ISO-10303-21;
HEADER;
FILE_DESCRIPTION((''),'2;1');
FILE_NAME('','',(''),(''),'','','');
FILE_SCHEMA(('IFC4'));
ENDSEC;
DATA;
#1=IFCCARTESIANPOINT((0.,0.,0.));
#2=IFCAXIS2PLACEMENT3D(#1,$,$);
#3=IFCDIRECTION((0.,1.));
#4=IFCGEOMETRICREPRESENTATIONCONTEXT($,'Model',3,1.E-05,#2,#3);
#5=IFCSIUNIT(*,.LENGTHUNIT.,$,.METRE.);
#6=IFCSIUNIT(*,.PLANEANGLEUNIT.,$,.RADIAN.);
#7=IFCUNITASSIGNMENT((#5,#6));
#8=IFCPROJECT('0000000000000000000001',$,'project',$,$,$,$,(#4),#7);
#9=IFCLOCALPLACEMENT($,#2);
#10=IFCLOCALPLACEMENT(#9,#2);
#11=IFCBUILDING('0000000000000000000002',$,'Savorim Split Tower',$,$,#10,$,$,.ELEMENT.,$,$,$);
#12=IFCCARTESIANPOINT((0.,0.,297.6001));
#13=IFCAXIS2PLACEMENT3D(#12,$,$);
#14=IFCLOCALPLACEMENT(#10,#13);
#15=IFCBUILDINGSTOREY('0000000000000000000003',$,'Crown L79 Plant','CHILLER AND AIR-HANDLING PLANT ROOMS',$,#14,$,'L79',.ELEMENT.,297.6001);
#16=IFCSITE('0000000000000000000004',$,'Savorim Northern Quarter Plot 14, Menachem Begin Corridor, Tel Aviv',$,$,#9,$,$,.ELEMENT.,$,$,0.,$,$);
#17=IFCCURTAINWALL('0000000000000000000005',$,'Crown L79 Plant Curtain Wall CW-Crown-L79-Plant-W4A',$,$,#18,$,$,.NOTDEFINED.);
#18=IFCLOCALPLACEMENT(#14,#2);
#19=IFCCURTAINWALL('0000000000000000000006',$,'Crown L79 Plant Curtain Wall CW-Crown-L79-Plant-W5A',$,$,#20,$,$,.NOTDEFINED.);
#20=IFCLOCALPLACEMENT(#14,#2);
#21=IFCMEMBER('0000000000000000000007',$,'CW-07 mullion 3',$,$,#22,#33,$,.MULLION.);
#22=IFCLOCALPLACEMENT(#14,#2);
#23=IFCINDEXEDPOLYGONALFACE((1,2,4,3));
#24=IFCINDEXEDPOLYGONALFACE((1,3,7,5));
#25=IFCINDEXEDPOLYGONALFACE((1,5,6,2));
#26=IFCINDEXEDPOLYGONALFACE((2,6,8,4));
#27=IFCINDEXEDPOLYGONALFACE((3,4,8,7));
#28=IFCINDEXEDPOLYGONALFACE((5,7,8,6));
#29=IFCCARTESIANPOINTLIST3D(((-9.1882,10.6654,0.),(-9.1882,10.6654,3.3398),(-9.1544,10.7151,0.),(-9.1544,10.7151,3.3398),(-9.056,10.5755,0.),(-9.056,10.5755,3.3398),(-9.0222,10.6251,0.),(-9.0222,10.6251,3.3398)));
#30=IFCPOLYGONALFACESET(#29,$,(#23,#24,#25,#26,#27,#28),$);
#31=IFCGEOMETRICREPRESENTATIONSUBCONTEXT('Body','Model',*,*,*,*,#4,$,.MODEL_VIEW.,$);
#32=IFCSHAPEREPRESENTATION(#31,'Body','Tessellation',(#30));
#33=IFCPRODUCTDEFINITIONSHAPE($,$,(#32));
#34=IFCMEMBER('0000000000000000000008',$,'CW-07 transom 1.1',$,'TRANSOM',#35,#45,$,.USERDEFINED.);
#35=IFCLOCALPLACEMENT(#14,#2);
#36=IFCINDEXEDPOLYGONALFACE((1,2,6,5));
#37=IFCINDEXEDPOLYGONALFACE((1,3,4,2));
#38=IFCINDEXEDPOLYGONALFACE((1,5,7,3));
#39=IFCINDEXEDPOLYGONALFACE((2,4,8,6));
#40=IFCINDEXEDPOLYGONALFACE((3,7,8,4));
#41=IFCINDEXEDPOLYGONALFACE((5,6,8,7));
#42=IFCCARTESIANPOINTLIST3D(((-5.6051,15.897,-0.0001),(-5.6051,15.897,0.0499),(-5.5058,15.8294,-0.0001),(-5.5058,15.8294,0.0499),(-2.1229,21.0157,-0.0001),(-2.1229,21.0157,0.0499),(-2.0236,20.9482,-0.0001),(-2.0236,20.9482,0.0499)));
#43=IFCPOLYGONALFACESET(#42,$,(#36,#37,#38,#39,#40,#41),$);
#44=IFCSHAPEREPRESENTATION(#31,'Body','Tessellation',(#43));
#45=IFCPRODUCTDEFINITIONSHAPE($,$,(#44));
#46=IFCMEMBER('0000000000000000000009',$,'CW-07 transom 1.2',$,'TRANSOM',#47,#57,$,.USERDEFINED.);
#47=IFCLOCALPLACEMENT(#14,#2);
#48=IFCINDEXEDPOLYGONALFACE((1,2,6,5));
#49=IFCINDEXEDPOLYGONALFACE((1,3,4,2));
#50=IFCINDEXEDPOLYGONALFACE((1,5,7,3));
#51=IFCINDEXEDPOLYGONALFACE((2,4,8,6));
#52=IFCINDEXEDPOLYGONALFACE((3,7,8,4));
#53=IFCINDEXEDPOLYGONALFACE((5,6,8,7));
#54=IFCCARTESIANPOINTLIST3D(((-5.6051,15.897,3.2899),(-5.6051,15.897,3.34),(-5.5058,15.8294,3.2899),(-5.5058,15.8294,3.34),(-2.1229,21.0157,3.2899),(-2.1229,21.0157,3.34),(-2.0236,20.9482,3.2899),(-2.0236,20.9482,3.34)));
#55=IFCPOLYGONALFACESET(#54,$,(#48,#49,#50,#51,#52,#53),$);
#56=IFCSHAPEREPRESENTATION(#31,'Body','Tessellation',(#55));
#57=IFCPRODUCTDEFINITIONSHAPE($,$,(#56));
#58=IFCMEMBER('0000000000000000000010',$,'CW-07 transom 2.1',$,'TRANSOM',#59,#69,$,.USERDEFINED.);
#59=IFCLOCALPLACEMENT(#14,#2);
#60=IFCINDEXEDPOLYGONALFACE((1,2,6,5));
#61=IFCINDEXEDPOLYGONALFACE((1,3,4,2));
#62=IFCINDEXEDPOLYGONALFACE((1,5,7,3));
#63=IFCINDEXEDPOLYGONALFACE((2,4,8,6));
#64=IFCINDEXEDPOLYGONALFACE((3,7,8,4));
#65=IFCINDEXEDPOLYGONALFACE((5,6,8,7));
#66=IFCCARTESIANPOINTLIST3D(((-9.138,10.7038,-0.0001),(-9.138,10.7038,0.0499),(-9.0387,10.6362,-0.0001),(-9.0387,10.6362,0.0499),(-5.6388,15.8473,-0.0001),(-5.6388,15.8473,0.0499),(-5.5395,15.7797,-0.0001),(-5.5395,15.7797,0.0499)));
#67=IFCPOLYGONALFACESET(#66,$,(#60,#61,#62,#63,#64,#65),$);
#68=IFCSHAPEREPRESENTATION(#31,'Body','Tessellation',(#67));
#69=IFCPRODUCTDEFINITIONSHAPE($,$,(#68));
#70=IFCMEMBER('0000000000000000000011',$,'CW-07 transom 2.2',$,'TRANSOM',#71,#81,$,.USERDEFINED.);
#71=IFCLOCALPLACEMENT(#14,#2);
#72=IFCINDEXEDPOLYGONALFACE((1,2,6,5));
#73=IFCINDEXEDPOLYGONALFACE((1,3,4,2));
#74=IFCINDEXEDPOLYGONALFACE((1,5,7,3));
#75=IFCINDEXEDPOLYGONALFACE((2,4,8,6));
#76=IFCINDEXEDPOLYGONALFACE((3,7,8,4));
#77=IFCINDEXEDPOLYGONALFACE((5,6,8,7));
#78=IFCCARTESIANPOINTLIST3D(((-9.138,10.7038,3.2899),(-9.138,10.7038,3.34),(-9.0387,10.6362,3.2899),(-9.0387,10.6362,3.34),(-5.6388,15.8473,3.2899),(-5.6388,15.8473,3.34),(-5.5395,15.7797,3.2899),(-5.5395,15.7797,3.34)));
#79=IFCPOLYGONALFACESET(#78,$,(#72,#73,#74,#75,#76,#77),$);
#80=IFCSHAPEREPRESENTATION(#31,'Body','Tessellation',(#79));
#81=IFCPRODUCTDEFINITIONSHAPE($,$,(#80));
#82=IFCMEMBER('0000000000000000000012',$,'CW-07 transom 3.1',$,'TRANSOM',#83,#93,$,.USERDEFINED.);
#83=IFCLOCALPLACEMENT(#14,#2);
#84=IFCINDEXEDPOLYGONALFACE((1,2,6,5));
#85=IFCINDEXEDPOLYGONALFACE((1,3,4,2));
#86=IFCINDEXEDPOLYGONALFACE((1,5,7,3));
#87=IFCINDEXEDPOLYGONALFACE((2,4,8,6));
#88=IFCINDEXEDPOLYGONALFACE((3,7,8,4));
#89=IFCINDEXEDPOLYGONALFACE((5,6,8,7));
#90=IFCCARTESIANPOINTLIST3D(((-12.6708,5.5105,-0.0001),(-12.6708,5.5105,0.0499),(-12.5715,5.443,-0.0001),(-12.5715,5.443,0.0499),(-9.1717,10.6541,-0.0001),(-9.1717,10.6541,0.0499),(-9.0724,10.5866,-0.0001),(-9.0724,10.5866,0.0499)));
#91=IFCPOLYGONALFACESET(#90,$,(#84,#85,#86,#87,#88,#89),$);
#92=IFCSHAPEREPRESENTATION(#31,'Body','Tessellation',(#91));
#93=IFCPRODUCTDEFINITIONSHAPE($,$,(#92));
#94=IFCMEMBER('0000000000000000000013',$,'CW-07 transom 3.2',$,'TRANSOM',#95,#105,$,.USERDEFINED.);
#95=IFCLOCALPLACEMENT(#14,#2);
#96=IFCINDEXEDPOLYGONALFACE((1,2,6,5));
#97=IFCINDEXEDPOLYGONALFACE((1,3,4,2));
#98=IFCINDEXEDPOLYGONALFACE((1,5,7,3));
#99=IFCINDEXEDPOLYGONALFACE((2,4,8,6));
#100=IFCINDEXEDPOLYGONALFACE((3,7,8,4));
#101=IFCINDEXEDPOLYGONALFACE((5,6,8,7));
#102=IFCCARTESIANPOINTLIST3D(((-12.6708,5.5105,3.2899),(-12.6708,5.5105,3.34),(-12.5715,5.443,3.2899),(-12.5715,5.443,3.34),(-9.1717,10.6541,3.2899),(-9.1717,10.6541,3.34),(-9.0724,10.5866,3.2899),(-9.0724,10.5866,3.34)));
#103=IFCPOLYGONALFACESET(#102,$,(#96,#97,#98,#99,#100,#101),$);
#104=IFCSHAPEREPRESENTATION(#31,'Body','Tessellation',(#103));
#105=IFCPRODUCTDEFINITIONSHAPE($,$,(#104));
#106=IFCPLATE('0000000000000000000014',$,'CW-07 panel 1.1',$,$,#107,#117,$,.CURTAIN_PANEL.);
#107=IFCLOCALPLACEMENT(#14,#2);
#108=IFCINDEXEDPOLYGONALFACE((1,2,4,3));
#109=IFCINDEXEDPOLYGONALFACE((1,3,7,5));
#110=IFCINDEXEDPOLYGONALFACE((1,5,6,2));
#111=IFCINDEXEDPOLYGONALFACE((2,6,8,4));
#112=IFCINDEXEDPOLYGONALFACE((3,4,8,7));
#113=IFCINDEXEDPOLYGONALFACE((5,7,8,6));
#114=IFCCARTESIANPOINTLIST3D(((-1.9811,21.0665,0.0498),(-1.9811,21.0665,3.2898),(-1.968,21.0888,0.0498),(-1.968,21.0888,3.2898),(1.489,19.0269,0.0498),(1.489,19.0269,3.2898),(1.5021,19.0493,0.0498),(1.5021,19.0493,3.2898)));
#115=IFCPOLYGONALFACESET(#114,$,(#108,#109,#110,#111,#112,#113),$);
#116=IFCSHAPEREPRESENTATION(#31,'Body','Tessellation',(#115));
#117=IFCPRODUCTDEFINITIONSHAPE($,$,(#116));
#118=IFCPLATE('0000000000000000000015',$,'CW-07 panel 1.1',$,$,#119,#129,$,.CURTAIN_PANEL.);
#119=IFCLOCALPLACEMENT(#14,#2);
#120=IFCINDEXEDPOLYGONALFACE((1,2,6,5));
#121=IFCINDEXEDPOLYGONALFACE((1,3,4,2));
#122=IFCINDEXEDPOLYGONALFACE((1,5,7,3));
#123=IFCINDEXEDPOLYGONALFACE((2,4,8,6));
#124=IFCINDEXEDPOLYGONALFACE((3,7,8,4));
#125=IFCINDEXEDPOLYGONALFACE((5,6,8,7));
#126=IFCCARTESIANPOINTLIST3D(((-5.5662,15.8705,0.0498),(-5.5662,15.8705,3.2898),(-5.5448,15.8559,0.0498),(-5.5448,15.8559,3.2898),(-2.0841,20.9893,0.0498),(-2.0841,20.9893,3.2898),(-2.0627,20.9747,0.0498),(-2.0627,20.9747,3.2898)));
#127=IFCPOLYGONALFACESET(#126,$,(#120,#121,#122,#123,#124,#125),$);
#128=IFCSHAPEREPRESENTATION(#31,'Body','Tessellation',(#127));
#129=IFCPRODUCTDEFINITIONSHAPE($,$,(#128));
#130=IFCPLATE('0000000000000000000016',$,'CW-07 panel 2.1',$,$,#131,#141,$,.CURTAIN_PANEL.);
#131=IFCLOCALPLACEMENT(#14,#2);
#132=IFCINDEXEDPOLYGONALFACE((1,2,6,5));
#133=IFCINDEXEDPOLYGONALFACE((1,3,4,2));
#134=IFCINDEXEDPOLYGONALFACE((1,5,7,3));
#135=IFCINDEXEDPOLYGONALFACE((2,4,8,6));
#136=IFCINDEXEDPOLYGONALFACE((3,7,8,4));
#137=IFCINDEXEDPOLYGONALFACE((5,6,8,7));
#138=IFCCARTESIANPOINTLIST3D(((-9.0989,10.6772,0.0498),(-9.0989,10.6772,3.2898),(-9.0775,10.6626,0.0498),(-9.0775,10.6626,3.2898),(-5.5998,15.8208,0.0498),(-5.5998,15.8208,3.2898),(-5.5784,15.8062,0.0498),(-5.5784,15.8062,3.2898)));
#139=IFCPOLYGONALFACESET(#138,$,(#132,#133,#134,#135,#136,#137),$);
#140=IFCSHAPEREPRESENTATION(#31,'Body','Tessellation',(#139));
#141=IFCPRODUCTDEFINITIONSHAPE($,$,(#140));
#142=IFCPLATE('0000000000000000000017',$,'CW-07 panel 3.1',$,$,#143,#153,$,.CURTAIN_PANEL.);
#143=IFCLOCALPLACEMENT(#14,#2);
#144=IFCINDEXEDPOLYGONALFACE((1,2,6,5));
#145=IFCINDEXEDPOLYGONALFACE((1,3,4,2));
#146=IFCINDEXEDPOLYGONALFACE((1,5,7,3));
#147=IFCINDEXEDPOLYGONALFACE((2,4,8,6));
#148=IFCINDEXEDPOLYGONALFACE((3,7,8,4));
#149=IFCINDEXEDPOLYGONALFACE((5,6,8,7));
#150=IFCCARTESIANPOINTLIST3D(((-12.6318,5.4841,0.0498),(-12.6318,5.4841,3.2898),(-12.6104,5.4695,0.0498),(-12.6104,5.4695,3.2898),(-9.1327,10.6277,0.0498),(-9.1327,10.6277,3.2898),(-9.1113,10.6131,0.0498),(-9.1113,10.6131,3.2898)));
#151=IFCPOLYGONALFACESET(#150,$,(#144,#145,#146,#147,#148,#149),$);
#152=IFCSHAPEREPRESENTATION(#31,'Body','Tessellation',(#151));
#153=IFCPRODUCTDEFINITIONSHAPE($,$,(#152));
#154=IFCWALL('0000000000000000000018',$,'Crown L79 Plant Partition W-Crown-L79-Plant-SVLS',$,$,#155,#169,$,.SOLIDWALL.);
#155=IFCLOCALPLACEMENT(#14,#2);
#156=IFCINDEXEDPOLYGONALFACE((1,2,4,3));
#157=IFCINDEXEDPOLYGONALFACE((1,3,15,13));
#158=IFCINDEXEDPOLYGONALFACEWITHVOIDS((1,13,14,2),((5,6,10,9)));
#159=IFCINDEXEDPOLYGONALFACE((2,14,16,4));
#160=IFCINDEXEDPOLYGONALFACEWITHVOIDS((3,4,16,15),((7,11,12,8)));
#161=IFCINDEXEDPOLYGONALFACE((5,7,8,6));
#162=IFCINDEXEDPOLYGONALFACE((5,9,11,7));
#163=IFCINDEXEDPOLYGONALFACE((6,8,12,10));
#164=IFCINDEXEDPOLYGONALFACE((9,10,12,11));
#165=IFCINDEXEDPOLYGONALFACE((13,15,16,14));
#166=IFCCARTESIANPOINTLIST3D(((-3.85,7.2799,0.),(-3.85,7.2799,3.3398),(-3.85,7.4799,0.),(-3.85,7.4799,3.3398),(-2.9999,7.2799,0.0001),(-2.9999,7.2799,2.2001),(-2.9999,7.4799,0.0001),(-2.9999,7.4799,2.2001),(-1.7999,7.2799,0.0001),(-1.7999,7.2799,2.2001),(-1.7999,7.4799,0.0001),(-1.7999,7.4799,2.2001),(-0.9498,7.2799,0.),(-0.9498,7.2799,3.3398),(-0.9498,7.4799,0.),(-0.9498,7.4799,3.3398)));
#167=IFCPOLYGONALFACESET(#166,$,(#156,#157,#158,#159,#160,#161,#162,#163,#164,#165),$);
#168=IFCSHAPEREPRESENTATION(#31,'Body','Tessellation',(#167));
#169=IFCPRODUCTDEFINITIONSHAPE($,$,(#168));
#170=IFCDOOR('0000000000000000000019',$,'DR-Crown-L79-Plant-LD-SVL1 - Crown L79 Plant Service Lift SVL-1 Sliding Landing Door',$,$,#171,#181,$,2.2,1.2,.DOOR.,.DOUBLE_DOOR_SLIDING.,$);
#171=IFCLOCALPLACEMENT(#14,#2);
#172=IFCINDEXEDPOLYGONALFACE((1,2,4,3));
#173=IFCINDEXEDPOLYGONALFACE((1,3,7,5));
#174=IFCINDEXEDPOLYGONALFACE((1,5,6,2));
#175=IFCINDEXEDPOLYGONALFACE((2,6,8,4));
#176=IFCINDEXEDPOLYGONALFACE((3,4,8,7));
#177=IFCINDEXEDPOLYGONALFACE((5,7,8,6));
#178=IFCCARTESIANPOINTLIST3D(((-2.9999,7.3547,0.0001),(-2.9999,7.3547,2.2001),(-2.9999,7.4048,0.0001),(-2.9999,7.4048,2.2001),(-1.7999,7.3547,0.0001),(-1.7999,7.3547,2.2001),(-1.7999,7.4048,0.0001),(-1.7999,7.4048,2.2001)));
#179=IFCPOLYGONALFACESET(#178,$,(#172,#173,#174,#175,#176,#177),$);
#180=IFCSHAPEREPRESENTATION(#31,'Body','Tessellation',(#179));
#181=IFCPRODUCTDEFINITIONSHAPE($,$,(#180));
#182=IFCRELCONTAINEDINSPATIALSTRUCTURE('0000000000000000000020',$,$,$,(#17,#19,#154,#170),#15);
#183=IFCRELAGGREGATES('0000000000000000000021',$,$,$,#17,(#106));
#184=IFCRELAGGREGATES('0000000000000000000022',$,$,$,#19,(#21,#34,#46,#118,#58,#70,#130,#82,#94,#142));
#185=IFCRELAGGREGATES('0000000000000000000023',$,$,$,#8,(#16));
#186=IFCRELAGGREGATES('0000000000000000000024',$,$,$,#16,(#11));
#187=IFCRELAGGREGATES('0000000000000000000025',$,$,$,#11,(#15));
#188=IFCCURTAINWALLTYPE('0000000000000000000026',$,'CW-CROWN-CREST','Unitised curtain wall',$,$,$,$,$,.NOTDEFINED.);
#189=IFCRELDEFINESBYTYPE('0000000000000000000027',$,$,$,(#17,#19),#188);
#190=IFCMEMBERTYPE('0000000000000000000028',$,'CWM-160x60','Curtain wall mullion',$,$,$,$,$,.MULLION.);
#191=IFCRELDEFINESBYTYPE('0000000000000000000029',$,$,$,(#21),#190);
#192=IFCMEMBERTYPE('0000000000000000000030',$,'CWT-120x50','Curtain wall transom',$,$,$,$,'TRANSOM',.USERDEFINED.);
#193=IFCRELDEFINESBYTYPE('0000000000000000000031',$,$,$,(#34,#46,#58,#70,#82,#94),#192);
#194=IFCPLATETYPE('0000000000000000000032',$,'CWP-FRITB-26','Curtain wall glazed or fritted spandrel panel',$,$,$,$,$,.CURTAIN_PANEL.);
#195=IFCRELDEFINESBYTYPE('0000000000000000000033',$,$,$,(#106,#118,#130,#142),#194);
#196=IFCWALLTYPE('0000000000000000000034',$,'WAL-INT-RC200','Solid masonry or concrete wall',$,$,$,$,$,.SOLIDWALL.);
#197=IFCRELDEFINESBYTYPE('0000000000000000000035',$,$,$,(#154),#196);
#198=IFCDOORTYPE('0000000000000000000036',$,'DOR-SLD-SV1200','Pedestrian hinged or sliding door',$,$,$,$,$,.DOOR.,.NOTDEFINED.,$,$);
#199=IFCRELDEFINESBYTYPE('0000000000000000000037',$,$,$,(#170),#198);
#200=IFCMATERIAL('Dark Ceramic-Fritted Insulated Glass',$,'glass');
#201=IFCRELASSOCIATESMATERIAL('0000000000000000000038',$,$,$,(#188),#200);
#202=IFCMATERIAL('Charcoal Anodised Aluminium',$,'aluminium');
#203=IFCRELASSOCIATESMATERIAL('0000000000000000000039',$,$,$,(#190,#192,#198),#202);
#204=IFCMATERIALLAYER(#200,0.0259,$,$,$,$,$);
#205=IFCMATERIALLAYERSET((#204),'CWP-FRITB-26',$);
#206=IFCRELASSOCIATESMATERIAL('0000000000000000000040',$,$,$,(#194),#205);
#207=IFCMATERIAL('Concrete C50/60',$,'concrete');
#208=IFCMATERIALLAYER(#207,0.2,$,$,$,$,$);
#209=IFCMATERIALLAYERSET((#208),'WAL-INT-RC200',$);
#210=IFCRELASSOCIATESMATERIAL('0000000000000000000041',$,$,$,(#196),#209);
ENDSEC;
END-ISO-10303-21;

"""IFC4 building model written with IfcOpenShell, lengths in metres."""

from ifc_helpers import new_model, si_unit, direction, frame, frame_2d, origin, origin_2d, place, context, subcontext, project, spatial, rectangle, extrude, material, layer, layer_set, material_profile, profile_set, type_object, element, fill, aggregate, save


model = new_model("IFC4")

# Units and contexts
model_context = context("Model", 3, precision=1e-05, world=origin(), true_north=direction((0.0, 1.0)))
body_context = subcontext(model_context, "Body", "Model", "MODEL_VIEW")
ifc_project = project(units=[si_unit("LENGTHUNIT", "METRE"), si_unit("PLANEANGLEUNIT", "RADIAN")], contexts=[model_context])

# Site, building, storey
site_placement = place(None, origin())
site = spatial("IfcSite", under=ifc_project, at=site_placement, Name="Savorim Northern Quarter Plot 14, Menachem Begin Corridor, Tel Aviv", CompositionType="ELEMENT", RefElevation=0.0)
building_placement = place(site_placement, origin())
building = spatial("IfcBuilding", under=site, at=building_placement, Name="Savorim Split Tower", CompositionType="ELEMENT")
storey_placement = place(building_placement, frame((0.0, 0.0, 297.6001)))
storey = spatial("IfcBuildingStorey", under=building, at=storey_placement, Name="Crown L79 Plant", Description="CHILLER AND AIR-HANDLING PLANT ROOMS", LongName="L79", CompositionType="ELEMENT", Elevation=297.6001)

# Curtain wall
ifc_material_1 = material(Name="Dark Ceramic-Fritted Insulated Glass", Category="glass")
curtain_wall_type = type_object("IfcCurtainWallType", Name="CW-CROWN-CREST", Description="Unitised curtain wall", PredefinedType="NOTDEFINED", material=ifc_material_1)
curtain_wall_1_placement = place(storey_placement, origin())
curtain_wall_1 = element("IfcCurtainWall", 1, at=curtain_wall_1_placement, inside=storey, type_object=curtain_wall_type, Name="Crown L79 Plant Curtain Wall CW-Crown-L79-Plant-W4A", PredefinedType="NOTDEFINED")
ifc_material_2 = material(Name="Charcoal Anodised Aluminium", Category="aluminium")
ifc_material_profile_1 = material_profile(ifc_material_2, rectangle(XDim=0.1599, YDim=0.0601, at=origin_2d()), Name="ALU-M 160x60")
ifc_profile_set_1 = profile_set([ifc_material_profile_1], Name="Charcoal Anodised Aluminium")
member_type_1 = type_object("IfcMemberType", Name="CWM-160x60", Description="Curtain wall mullion", PredefinedType="MULLION", material=ifc_profile_set_1)

# Curtain wall, members
curtain_wall_2_placement = place(storey_placement, origin())
curtain_wall_2 = element("IfcCurtainWall", 2, at=curtain_wall_2_placement, inside=storey, type_object=curtain_wall_type, Name="Crown L79 Plant Curtain Wall CW-Crown-L79-Plant-W5A", PredefinedType="NOTDEFINED")
member_1_placement = place(storey_placement, frame((-9.1052, 10.6453, 0.0), z_axis=(0.0, 0.0, 1.0), x_axis=(0.826821, -0.562466, 0.0)))
member_1 = element("IfcMember", 3, at=member_1_placement, type_object=member_type_1, Name="CW-07 mullion 3", PredefinedType="MULLION", context=body_context, shape_type="SweptSolid", body=[
    extrude(rectangle(XDim=0.1599, YDim=0.0601, at=origin_2d()), origin(), (0.0, 0.0, 1.0), 3.3398),
])
ifc_material_profile_2 = material_profile(ifc_material_2, rectangle(XDim=0.1201, YDim=0.05, at=origin_2d()), Name="ALU-T 120x50")
ifc_profile_set_2 = profile_set([ifc_material_profile_2], Name="Charcoal Anodised Aluminium")
member_type_2 = type_object("IfcMemberType", Name="CWT-120x50", Description="Curtain wall transom", ElementType="TRANSOM", PredefinedType="USERDEFINED", material=ifc_profile_set_2)
member_2_placement = place(storey_placement, frame((-2.0732, 20.9819, 0.0249), z_axis=(-0.562475, -0.826814, 0.0), x_axis=(0.826814, -0.562475, 0.0)))
member_2 = element("IfcMember", 4, at=member_2_placement, type_object=member_type_2, Name="CW-07 transom 1.1", ObjectType="TRANSOM", PredefinedType="USERDEFINED", context=body_context, shape_type="SweptSolid", body=[
    extrude(rectangle(XDim=0.1201, YDim=0.05, at=origin_2d()), origin(), (0.0, 0.0, 1.0), 6.1909),
])
member_3_placement = place(storey_placement, frame((-2.0732, 20.9819, 3.3149), z_axis=(-0.562475, -0.826814, 0.0), x_axis=(0.826814, -0.562475, 0.0)))
member_3 = element("IfcMember", 5, at=member_3_placement, type_object=member_type_2, Name="CW-07 transom 1.2", ObjectType="TRANSOM", PredefinedType="USERDEFINED", context=body_context, shape_type="SweptSolid", body=[
    extrude(rectangle(XDim=0.1201, YDim=0.05, at=origin_2d()), origin(), (0.0, 0.0, 1.0), 6.1909),
])
member_4_placement = place(storey_placement, frame((-5.5891, 15.8135, 0.0249), z_axis=(-0.562491, -0.826803, 0.0), x_axis=(0.826803, -0.562491, 0.0)))
member_4 = element("IfcMember", 6, at=member_4_placement, type_object=member_type_2, Name="CW-07 transom 2.1", ObjectType="TRANSOM", PredefinedType="USERDEFINED", context=body_context, shape_type="SweptSolid", body=[
    extrude(rectangle(XDim=0.1201, YDim=0.05, at=origin_2d()), origin(), (0.0, 0.0, 1.0), 6.2209),
])
member_5_placement = place(storey_placement, frame((-5.5891, 15.8135, 3.3149), z_axis=(-0.562491, -0.826803, 0.0), x_axis=(0.826803, -0.562491, 0.0)))
member_5 = element("IfcMember", 7, at=member_5_placement, type_object=member_type_2, Name="CW-07 transom 2.2", ObjectType="TRANSOM", PredefinedType="USERDEFINED", context=body_context, shape_type="SweptSolid", body=[
    extrude(rectangle(XDim=0.1201, YDim=0.05, at=origin_2d()), origin(), (0.0, 0.0, 1.0), 6.2209),
])
member_6_placement = place(storey_placement, frame((-9.1221, 10.6204, 0.0249), z_axis=(-0.562465, -0.826821, 0.0), x_axis=(0.826821, -0.562465, 0.0)))
member_6 = element("IfcMember", 8, at=member_6_placement, type_object=member_type_2, Name="CW-07 transom 3.1", ObjectType="TRANSOM", PredefinedType="USERDEFINED", context=body_context, shape_type="SweptSolid", body=[
    extrude(rectangle(XDim=0.1201, YDim=0.05, at=origin_2d()), origin(), (0.0, 0.0, 1.0), 6.2209),
])
member_7_placement = place(storey_placement, frame((-9.1221, 10.6204, 3.3149), z_axis=(-0.562465, -0.826821, 0.0), x_axis=(0.826821, -0.562465, 0.0)))
member_7 = element("IfcMember", 9, at=member_7_placement, type_object=member_type_2, Name="CW-07 transom 3.2", ObjectType="TRANSOM", PredefinedType="USERDEFINED", context=body_context, shape_type="SweptSolid", body=[
    extrude(rectangle(XDim=0.1201, YDim=0.05, at=origin_2d()), origin(), (0.0, 0.0, 1.0), 6.2209),
])

# Plates
ifc_layer_1 = layer(ifc_material_1, 0.0259)
ifc_layer_set_1 = layer_set([ifc_layer_1], Name="CWP-FRITB-26")
plate_type = type_object("IfcPlateType", Name="CWP-FRITB-26", Description="Curtain wall glazed or fritted spandrel panel", PredefinedType="CURTAIN_PANEL", material=ifc_layer_set_1)
plate_1_placement = place(storey_placement, frame((-0.2395, 20.0579, 0.0498), z_axis=(0.0, 0.0, 1.0), x_axis=(-0.862126, 0.506694, 0.0)))
plate_1 = element("IfcPlate", 10, at=plate_1_placement, type_object=plate_type, Name="CW-07 panel 1.1", PredefinedType="CURTAIN_PANEL", context=body_context, shape_type="SweptSolid", body=[
    extrude(rectangle(XDim=4.0251, YDim=0.0259, at=origin_2d()), origin(), (0.0, 0.0, 1.0), 3.24),
])
aggregate(curtain_wall_1, [plate_1])
plate_2_placement = place(storey_placement, frame((-3.8145, 18.4226, 0.0498), z_axis=(0.0, 0.0, 1.0), x_axis=(-0.562466, -0.826821, 0.0)))
plate_2 = element("IfcPlate", 11, at=plate_2_placement, type_object=plate_type, Name="CW-07 panel 1.1", PredefinedType="CURTAIN_PANEL", context=body_context, shape_type="SweptSolid", body=[
    extrude(rectangle(XDim=6.1909, YDim=0.0259, at=origin_2d()), origin(), (0.0, 0.0, 1.0), 3.24),
])
plate_3_placement = place(storey_placement, frame((-7.3386, 13.2417, 0.0498), z_axis=(0.0, 0.0, 1.0), x_axis=(-0.562466, -0.826821, 0.0)))
plate_3 = element("IfcPlate", 12, at=plate_3_placement, type_object=plate_type, Name="CW-07 panel 2.1", PredefinedType="CURTAIN_PANEL", context=body_context, shape_type="SweptSolid", body=[
    extrude(rectangle(XDim=6.2209, YDim=0.0259, at=origin_2d()), origin(), (0.0, 0.0, 1.0), 3.24),
])
plate_4_placement = place(storey_placement, frame((-10.8716, 8.0486, 0.0498), z_axis=(0.0, 0.0, 1.0), x_axis=(-0.562466, -0.826821, 0.0)))
plate_4 = element("IfcPlate", 13, at=plate_4_placement, type_object=plate_type, Name="CW-07 panel 3.1", PredefinedType="CURTAIN_PANEL", context=body_context, shape_type="SweptSolid", body=[
    extrude(rectangle(XDim=6.2209, YDim=0.0259, at=origin_2d()), origin(), (0.0, 0.0, 1.0), 3.24),
])
aggregate(curtain_wall_2, [member_1, member_2, member_3, plate_2, member_4, member_5, plate_3, member_6, member_7, plate_4])

# Wall, opening, door
ifc_material_3 = material(Name="Concrete C50/60", Category="concrete")
ifc_layer_2 = layer(ifc_material_3, 0.2)
ifc_layer_set_2 = layer_set([ifc_layer_2], Name="WAL-INT-RC200")
wall_type_1 = type_object("IfcWallType", Name="WAL-INT-RC200", Description="Solid masonry or concrete wall", PredefinedType="SOLIDWALL", material=ifc_layer_set_2)
wall_1_placement = place(storey_placement, frame((-3.8501, 7.3799, 0.0), z_axis=(0.0, 0.0, 1.0), x_axis=(1.0, 0.0, 0.0)))
wall_1 = element("IfcWall", 14, at=wall_1_placement, inside=storey, type_object=wall_type_1, Name="Crown L79 Plant Partition W-Crown-L79-Plant-SVLS", PredefinedType="SOLIDWALL", context=body_context, shape_type="SweptSolid", body=[
    extrude(rectangle(XDim=2.9001, YDim=0.2, at=frame_2d((1.4502, 0.0))), origin(), (0.0, 0.0, 1.0), 3.3398),
])
opening_1_placement = place(wall_1_placement, frame((0.8501, 0.0, 0.0)))
opening_1 = element("IfcOpeningElement", 15, at=opening_1_placement, cuts=wall_1, PredefinedType="OPENING", context=body_context, shape_type="SweptSolid", body=[
    extrude(rectangle(XDim=1.2, YDim=2.2, at=frame_2d((0.6001, 1.1001))), frame((0.0, 0.1099, 0.0), z_axis=(0.0, -1.0, 0.0), x_axis=(1.0, 0.0, 0.0)), (0.0, 0.0, 1.0), 0.22),
])
door_type_1 = type_object("IfcDoorType", Name="DOR-SLD-SV1200", Description="Pedestrian hinged or sliding door", OperationType="NOTDEFINED", PredefinedType="DOOR", material=ifc_material_2)
door_1_placement = place(opening_1_placement, origin())
door_1 = element("IfcDoor", 16, at=door_1_placement, inside=storey, type_object=door_type_1, Name="DR-Crown-L79-Plant-LD-SVL1 - Crown L79 Plant Service Lift SVL-1 Sliding Landing Door", OperationType="DOUBLE_DOOR_SLIDING", OverallHeight=2.2, OverallWidth=1.2, PredefinedType="DOOR", context=body_context, shape_type="SweptSolid", body=[
    extrude(rectangle(XDim=1.2, YDim=2.2, at=frame_2d((0.6001, 1.1001))), frame((0.0, 0.0249, 0.0), z_axis=(0.0, -1.0, 0.0), x_axis=(1.0, 0.0, 0.0)), (0.0, 0.0, 1.0), 0.05),
])
fill(opening_1, door_1)

save(model, "model.ifc")
